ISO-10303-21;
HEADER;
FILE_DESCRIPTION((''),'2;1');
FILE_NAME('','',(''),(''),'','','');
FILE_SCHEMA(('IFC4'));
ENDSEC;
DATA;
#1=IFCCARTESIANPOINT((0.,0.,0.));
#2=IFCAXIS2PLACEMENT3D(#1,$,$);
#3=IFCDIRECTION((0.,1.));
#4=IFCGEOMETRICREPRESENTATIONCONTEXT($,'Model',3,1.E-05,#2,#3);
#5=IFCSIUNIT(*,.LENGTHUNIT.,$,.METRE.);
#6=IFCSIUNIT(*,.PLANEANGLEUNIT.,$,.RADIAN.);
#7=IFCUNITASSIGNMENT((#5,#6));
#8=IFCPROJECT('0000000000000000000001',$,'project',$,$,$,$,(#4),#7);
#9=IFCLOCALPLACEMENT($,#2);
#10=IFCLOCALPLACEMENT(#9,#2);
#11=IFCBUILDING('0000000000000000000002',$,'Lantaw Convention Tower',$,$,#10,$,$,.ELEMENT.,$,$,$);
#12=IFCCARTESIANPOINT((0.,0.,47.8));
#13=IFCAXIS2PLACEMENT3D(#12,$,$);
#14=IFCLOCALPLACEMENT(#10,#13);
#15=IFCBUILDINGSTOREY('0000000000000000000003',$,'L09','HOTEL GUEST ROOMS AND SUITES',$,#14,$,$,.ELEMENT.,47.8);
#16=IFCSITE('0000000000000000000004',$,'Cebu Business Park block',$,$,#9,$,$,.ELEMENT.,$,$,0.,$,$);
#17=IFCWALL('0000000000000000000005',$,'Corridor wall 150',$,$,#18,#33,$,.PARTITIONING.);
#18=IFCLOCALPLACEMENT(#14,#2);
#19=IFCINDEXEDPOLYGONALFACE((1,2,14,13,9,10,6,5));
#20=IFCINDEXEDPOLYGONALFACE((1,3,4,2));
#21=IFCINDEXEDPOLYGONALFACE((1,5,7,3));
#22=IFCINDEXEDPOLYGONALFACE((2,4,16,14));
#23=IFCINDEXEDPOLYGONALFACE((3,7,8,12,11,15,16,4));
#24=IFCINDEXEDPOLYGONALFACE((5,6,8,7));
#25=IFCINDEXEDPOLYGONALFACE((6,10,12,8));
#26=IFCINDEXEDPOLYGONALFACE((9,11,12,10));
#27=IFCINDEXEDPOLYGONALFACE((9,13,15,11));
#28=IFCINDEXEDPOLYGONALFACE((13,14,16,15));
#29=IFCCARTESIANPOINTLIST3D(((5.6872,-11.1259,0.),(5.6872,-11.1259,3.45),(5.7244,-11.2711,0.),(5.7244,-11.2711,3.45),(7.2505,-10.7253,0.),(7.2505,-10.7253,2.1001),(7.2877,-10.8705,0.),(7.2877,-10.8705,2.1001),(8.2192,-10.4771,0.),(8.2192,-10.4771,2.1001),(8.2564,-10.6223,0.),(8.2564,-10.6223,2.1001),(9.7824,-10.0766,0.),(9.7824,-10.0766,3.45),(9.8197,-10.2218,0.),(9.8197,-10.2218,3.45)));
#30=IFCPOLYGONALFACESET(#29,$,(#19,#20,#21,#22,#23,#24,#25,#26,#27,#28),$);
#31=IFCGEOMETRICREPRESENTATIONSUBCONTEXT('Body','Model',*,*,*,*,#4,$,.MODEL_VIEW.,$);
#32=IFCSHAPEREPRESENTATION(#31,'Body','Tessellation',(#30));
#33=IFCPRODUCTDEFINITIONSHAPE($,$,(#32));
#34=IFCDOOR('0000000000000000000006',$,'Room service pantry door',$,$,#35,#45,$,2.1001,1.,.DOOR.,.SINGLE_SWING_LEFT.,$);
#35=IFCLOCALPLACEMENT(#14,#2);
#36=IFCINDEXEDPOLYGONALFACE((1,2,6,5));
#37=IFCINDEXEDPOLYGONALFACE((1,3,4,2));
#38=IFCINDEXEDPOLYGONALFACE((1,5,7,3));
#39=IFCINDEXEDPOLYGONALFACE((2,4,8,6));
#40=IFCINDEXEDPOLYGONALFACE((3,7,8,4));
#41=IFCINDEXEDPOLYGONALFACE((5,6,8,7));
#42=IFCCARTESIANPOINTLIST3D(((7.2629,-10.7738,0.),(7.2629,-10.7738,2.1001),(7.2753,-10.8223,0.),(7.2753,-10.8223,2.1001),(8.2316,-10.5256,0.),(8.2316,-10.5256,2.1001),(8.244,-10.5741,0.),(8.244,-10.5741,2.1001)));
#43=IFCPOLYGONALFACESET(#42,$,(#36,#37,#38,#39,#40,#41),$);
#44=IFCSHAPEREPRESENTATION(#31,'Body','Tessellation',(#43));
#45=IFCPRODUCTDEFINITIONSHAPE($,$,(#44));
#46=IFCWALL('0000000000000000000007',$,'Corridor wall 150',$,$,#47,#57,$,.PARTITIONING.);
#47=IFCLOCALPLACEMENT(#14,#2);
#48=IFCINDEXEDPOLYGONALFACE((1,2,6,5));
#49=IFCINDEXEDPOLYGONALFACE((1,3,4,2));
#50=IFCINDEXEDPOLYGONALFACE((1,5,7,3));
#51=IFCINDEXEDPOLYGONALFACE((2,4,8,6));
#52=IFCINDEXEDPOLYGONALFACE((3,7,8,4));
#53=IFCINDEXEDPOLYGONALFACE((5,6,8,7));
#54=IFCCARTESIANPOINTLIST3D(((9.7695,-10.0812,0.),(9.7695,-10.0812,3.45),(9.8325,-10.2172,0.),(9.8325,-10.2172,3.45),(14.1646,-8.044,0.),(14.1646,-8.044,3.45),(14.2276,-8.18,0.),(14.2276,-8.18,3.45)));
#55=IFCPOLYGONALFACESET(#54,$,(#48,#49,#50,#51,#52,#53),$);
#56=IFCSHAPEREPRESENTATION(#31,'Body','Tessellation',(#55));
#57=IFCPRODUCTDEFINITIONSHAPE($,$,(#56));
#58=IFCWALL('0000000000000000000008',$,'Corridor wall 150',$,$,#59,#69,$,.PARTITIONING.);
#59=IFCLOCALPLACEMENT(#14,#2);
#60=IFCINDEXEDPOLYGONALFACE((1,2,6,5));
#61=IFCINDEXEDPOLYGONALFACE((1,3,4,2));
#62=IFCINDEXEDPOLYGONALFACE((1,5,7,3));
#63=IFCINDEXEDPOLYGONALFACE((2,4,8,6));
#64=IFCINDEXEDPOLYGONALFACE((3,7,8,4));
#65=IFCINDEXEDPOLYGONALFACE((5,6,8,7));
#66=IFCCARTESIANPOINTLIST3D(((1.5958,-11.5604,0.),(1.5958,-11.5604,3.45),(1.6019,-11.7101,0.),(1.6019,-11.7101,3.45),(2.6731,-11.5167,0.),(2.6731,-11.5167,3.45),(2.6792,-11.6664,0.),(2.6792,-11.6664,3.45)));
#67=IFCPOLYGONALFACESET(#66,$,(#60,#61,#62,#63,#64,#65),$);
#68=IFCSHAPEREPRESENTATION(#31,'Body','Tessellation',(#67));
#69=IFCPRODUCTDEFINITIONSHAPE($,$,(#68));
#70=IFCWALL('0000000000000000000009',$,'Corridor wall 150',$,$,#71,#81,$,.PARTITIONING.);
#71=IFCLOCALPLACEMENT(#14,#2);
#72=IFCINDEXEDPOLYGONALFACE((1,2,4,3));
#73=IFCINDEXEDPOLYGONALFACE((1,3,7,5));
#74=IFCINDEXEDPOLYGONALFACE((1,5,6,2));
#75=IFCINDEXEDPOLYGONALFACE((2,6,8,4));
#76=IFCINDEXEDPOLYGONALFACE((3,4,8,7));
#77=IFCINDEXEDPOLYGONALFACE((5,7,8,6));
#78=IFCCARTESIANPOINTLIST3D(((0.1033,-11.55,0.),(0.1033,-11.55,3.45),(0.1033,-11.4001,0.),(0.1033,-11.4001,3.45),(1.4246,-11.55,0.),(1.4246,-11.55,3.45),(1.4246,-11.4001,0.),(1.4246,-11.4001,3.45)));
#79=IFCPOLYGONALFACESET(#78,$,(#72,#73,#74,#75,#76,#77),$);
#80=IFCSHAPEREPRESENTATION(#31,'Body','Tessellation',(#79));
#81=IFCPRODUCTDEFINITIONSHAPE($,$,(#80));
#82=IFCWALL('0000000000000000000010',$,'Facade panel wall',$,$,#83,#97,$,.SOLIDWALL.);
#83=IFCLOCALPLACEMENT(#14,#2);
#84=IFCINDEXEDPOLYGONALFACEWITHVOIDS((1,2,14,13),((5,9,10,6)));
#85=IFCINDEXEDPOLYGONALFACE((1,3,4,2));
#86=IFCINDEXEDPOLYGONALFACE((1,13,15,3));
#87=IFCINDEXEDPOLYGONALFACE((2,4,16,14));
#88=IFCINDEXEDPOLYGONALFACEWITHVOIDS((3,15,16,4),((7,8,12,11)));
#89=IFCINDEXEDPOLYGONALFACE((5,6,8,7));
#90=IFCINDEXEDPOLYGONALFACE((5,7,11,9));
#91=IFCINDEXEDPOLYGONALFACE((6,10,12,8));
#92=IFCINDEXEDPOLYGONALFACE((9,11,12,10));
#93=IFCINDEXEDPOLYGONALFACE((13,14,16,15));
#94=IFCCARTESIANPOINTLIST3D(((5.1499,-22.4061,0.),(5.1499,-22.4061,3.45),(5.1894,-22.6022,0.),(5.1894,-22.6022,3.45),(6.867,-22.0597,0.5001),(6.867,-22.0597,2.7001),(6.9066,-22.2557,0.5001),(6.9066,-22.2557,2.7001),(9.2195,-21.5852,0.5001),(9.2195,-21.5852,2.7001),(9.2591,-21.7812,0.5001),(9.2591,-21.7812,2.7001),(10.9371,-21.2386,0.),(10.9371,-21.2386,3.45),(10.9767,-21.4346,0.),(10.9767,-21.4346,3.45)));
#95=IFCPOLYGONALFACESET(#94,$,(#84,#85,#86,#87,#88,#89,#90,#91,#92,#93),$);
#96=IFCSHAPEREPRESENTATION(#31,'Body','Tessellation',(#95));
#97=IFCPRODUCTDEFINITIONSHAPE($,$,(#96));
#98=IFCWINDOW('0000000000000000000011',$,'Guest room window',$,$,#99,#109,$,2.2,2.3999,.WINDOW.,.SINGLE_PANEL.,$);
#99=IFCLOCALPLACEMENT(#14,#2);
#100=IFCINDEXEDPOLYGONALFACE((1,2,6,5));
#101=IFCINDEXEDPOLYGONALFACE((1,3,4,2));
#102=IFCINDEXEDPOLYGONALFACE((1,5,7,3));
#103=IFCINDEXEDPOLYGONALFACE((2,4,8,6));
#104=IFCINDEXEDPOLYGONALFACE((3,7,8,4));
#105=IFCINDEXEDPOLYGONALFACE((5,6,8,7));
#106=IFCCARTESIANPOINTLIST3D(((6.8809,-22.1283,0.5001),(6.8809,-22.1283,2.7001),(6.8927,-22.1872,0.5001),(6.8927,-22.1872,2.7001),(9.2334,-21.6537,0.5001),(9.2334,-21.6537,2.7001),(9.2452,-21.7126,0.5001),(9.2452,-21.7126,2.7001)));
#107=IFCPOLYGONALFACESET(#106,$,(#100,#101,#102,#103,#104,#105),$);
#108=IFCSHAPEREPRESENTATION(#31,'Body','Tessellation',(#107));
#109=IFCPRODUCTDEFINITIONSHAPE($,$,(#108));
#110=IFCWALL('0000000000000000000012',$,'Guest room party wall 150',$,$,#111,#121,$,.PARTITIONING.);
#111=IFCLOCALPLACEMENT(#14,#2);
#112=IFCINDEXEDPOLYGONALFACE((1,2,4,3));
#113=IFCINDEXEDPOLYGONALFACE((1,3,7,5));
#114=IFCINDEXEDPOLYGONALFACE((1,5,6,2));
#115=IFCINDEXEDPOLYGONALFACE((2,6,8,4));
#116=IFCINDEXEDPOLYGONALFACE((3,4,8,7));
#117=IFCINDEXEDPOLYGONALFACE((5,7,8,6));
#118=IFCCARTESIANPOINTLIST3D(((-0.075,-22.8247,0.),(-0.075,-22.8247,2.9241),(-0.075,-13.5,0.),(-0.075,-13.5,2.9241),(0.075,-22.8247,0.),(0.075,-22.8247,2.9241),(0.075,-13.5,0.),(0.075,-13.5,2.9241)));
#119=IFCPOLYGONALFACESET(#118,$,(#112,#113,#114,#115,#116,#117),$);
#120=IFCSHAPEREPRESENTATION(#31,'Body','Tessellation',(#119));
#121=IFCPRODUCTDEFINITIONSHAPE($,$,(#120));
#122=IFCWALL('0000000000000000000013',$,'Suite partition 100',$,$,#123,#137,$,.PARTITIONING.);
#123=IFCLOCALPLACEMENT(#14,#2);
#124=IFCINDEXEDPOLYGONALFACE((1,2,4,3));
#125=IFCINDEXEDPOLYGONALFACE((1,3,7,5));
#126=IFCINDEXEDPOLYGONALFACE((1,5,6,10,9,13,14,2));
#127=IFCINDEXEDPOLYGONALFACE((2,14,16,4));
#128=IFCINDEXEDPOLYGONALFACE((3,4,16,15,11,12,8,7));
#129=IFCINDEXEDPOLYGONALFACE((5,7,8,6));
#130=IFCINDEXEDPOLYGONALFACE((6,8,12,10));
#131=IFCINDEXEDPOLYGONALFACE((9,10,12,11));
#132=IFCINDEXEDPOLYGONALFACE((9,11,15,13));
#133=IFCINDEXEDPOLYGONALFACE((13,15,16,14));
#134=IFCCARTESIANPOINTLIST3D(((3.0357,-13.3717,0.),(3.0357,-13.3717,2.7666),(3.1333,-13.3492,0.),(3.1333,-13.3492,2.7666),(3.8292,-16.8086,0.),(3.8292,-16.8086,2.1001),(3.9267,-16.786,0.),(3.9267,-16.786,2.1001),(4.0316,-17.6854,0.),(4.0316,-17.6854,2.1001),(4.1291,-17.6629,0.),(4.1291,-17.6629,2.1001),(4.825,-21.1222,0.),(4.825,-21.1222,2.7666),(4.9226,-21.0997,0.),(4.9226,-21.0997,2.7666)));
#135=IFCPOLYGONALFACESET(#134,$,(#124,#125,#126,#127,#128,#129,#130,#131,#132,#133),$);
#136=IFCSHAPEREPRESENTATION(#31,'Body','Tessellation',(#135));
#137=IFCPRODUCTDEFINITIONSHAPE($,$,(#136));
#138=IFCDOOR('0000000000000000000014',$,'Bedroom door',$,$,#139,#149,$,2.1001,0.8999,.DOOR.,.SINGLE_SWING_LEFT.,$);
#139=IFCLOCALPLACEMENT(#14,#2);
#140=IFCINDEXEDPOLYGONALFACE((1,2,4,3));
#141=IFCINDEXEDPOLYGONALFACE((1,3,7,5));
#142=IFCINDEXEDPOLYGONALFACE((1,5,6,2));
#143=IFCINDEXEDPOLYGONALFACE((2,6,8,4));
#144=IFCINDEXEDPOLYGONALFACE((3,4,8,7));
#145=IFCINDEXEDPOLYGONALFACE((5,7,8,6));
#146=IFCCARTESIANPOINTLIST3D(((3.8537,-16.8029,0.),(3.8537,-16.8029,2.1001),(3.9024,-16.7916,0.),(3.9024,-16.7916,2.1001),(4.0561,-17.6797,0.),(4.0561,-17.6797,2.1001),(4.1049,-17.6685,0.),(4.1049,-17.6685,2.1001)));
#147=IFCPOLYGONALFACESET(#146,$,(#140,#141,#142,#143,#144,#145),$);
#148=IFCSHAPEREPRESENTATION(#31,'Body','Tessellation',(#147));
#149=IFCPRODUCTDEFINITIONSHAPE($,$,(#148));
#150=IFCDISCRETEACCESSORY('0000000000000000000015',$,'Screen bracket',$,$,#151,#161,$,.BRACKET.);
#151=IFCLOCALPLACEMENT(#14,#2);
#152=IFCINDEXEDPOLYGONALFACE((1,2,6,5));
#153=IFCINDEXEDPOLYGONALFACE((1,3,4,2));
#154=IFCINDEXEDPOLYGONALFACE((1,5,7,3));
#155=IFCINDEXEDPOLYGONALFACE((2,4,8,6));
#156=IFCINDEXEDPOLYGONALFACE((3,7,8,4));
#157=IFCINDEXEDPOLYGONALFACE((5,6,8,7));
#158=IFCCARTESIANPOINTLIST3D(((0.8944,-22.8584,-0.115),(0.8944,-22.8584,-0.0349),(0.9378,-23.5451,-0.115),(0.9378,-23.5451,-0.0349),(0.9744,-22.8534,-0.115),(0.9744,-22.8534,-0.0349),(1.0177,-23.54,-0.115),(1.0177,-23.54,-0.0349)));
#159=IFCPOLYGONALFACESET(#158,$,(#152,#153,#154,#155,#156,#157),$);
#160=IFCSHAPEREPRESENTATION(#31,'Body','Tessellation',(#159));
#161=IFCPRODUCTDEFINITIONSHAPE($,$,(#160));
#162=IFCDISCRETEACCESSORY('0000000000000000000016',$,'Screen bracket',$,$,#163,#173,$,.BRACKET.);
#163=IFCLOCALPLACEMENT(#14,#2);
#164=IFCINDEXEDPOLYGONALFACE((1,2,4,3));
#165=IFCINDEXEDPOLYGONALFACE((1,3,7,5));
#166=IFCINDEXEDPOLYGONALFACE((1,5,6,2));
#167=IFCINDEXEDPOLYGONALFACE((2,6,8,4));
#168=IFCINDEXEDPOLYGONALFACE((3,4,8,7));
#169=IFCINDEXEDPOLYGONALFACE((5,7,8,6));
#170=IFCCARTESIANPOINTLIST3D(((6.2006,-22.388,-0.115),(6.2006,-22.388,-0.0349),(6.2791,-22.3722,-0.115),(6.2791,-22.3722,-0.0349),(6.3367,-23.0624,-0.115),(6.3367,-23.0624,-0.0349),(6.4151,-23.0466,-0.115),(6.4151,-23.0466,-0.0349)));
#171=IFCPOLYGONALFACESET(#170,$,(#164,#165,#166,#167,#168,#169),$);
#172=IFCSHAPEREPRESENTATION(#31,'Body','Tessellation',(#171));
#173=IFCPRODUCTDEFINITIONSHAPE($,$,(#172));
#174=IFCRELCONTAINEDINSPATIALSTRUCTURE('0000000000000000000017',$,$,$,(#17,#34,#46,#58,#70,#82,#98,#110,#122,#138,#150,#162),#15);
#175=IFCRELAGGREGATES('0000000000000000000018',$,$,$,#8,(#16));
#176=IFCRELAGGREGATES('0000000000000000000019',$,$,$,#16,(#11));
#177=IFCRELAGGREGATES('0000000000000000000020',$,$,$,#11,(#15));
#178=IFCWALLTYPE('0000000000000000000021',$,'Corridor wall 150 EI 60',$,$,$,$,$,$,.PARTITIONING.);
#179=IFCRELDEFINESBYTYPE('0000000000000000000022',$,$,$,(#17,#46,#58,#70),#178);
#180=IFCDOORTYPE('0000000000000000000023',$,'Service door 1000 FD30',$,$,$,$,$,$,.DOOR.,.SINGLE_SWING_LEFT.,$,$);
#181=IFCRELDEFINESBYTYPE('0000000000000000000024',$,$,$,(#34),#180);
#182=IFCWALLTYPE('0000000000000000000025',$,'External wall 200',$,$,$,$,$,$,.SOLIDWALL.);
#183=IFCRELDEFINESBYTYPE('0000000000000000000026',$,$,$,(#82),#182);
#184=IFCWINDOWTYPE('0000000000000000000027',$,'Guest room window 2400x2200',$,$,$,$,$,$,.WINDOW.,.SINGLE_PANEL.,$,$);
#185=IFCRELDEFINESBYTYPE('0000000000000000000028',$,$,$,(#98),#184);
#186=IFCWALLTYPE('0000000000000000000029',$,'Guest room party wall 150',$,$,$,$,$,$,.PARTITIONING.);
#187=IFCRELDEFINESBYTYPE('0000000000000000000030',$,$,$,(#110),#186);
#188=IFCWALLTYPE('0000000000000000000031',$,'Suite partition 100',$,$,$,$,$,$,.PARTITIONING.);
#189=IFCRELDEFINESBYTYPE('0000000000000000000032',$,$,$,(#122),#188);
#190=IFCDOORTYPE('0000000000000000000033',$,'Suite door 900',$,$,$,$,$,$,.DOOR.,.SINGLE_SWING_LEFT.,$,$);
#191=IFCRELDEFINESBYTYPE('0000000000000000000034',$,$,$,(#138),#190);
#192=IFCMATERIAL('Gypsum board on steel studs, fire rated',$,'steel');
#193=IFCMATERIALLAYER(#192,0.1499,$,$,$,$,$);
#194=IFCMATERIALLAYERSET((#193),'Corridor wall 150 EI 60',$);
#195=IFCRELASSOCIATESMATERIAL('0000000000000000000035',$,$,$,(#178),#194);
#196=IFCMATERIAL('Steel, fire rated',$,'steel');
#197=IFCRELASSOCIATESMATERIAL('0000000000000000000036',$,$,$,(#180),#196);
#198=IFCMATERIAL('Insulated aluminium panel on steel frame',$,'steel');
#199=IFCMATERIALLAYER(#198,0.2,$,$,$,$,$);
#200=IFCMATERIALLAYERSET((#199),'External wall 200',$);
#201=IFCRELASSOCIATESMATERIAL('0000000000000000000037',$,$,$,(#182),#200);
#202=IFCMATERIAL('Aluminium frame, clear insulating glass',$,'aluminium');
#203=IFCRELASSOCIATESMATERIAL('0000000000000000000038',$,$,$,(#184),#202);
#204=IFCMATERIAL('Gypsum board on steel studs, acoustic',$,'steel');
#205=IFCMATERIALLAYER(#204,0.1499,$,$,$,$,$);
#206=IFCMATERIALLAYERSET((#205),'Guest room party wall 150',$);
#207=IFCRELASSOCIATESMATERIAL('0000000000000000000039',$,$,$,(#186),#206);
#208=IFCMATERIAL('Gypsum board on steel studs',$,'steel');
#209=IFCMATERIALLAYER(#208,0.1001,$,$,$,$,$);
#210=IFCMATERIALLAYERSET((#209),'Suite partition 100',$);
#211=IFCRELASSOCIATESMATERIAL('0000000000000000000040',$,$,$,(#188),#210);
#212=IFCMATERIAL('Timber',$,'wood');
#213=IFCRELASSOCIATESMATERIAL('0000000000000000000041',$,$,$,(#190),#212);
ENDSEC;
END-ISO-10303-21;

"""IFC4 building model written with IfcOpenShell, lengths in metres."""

from ifc_helpers import new_model, si_unit, direction, frame, frame_2d, origin, origin_2d, place, context, subcontext, project, spatial, rectangle, extrude, material, layer, layer_set, type_object, element, fill, save


model = new_model("IFC4")

# Units and contexts
model_context = context("Model", 3, precision=1e-05, world=origin(), true_north=direction((0.0, 1.0)))
body_context = subcontext(model_context, "Body", "Model", "MODEL_VIEW")
ifc_project = project(units=[si_unit("LENGTHUNIT", "METRE"), si_unit("PLANEANGLEUNIT", "RADIAN")], contexts=[model_context])

# Site, building, storey
site_placement = place(None, origin())
site = spatial("IfcSite", under=ifc_project, at=site_placement, Name="Cebu Business Park block", CompositionType="ELEMENT", RefElevation=0.0)
building_placement = place(site_placement, origin())
building = spatial("IfcBuilding", under=site, at=building_placement, Name="Lantaw Convention Tower", CompositionType="ELEMENT")
storey_placement = place(building_placement, frame((0.0, 0.0, 47.8)))
storey = spatial("IfcBuildingStorey", under=building, at=storey_placement, Name="L09", Description="HOTEL GUEST ROOMS AND SUITES", CompositionType="ELEMENT", Elevation=47.8)

# Shared definitions
ifc_material_1 = material(Name="Timber", Category="wood")

# Shared definitions
ifc_material_2 = material(Name="Gypsum board on steel studs, fire rated", Category="steel")
ifc_layer_1 = layer(ifc_material_2, 0.1499)
ifc_layer_set_1 = layer_set([ifc_layer_1], Name="Corridor wall 150 EI 60")
wall_type_1 = type_object("IfcWallType", Name="Corridor wall 150 EI 60", PredefinedType="PARTITIONING", material=ifc_layer_set_1)

# Shared definitions
ifc_material_3 = material(Name="Steel, fire rated", Category="steel")

# Wall, opening, door
wall_1_placement = place(storey_placement, frame((5.7058, -11.1985, 0.0), z_axis=(0.0, 0.0, 1.0), x_axis=(0.968706, 0.248211, 0.0)))
wall_1 = element("IfcWall", 1, at=wall_1_placement, inside=storey, type_object=wall_type_1, Name="Corridor wall 150", PredefinedType="PARTITIONING", context=body_context, shape_type="SweptSolid", body=[
    extrude(rectangle(XDim=4.2275, YDim=0.1499, at=frame_2d((2.1138, 0.0))), origin(), (0.0, 0.0, 1.0), 3.45),
])
opening_1_placement = place(wall_1_placement, frame((1.6138, 0.0, 0.0)))
opening_1 = element("IfcOpeningElement", 2, at=opening_1_placement, cuts=wall_1, PredefinedType="OPENING", context=body_context, shape_type="SweptSolid", body=[
    extrude(rectangle(XDim=1.0, YDim=2.1001, at=frame_2d((0.5, 1.05))), frame((0.0, 0.085, 0.0), z_axis=(0.0, -1.0, 0.0), x_axis=(1.0, 0.0, 0.0)), (0.0, 0.0, 1.0), 0.1699),
])
door_type_1 = type_object("IfcDoorType", Name="Service door 1000 FD30", OperationType="SINGLE_SWING_LEFT", PredefinedType="DOOR", material=ifc_material_3)
door_1_placement = place(opening_1_placement, origin())
door_1 = element("IfcDoor", 3, at=door_1_placement, inside=storey, type_object=door_type_1, Name="Room service pantry door", OperationType="SINGLE_SWING_LEFT", OverallHeight=2.1001, OverallWidth=1.0, PredefinedType="DOOR", context=body_context, shape_type="SweptSolid", body=[
    extrude(rectangle(XDim=1.0, YDim=2.1001, at=frame_2d((0.5, 1.05))), frame((0.0, 0.0249, 0.0), z_axis=(0.0, -1.0, 0.0), x_axis=(1.0, 0.0, 0.0)), (0.0, 0.0, 1.0), 0.05),
])
fill(opening_1, door_1)

# Walls
wall_2_placement = place(storey_placement, frame((9.801, -10.1492, 0.0), z_axis=(0.0, 0.0, 1.0), x_axis=(0.90728, 0.420528, 0.0)))
element("IfcWall", 4, at=wall_2_placement, inside=storey, type_object=wall_type_1, Name="Corridor wall 150", PredefinedType="PARTITIONING", context=body_context, shape_type="SweptSolid", body=[
    extrude(rectangle(XDim=4.8442, YDim=0.1499, at=frame_2d((2.4221, 0.0))), origin(), (0.0, 0.0, 1.0), 3.45),
])
wall_3_placement = place(storey_placement, frame((1.5989, -11.6353, 0.0), z_axis=(0.0, 0.0, 1.0), x_axis=(0.999178, 0.040538, 0.0)))
element("IfcWall", 5, at=wall_3_placement, inside=storey, type_object=wall_type_1, Name="Corridor wall 150", PredefinedType="PARTITIONING", context=body_context, shape_type="SweptSolid", body=[
    extrude(rectangle(XDim=1.0781, YDim=0.1499, at=frame_2d((0.5391, 0.0))), origin(), (0.0, 0.0, 1.0), 3.45),
])
wall_4_placement = place(storey_placement, frame((0.1033, -11.4751, 0.0), z_axis=(0.0, 0.0, 1.0), x_axis=(1.0, 0.0, 0.0)))
element("IfcWall", 6, at=wall_4_placement, inside=storey, type_object=wall_type_1, Name="Corridor wall 150", PredefinedType="PARTITIONING", context=body_context, shape_type="SweptSolid", body=[
    extrude(rectangle(XDim=1.3213, YDim=0.1499, at=frame_2d((0.6606, 0.0))), origin(), (0.0, 0.0, 1.0), 3.45),
])

# Wall, opening, window
ifc_material_4 = material(Name="Insulated aluminium panel on steel frame", Category="steel")
ifc_layer_2 = layer(ifc_material_4, 0.2)
ifc_layer_set_2 = layer_set([ifc_layer_2], Name="External wall 200")
wall_type_2 = type_object("IfcWallType", Name="External wall 200", PredefinedType="SOLIDWALL", material=ifc_layer_set_2)
wall_5_placement = place(storey_placement, frame((5.1697, -22.5042, 0.0), z_axis=(0.0, 0.0, 1.0), x_axis=(0.980252, 0.197754, 0.0)))
wall_5 = element("IfcWall", 7, at=wall_5_placement, inside=storey, type_object=wall_type_2, Name="Facade panel wall", PredefinedType="SOLIDWALL", context=body_context, shape_type="SweptSolid", body=[
    extrude(rectangle(XDim=5.9038, YDim=0.2, at=frame_2d((2.9519, 0.0))), origin(), (0.0, 0.0, 1.0), 3.45),
])
opening_2_placement = place(wall_5_placement, frame((1.7517, 0.0, 0.5)))
opening_2 = element("IfcOpeningElement", 8, at=opening_2_placement, cuts=wall_5, PredefinedType="OPENING", context=body_context, shape_type="SweptSolid", body=[
    extrude(rectangle(XDim=2.3999, YDim=2.2, at=frame_2d((1.2, 1.1001))), frame((0.0, 0.1099, 0.0), z_axis=(0.0, -1.0, 0.0), x_axis=(1.0, 0.0, 0.0)), (0.0, 0.0, 1.0), 0.22),
])
ifc_material_5 = material(Name="Aluminium frame, clear insulating glass", Category="aluminium")
window_type = type_object("IfcWindowType", Name="Guest room window 2400x2200", PartitioningType="SINGLE_PANEL", PredefinedType="WINDOW", material=ifc_material_5)
window_placement = place(opening_2_placement, origin())
window = element("IfcWindow", 9, at=window_placement, inside=storey, type_object=window_type, Name="Guest room window", OverallHeight=2.2, OverallWidth=2.3999, PartitioningType="SINGLE_PANEL", PredefinedType="WINDOW", context=body_context, shape_type="SweptSolid", body=[
    extrude(rectangle(XDim=2.3999, YDim=2.2, at=frame_2d((1.2, 1.1001))), frame((0.0, 0.03, 0.0), z_axis=(0.0, -1.0, 0.0), x_axis=(1.0, 0.0, 0.0)), (0.0, 0.0, 1.0), 0.0601),
])
fill(opening_2, window)

# Wall
ifc_material_6 = material(Name="Gypsum board on steel studs, acoustic", Category="steel")
ifc_layer_3 = layer(ifc_material_6, 0.1499)
ifc_layer_set_3 = layer_set([ifc_layer_3], Name="Guest room party wall 150")
wall_type_3 = type_object("IfcWallType", Name="Guest room party wall 150", PredefinedType="PARTITIONING", material=ifc_layer_set_3)
wall_6_placement = place(storey_placement, frame((0.0, -22.8247, 0.0), z_axis=(0.0, 0.0, 1.0), x_axis=(0.0, 1.0, 0.0)))
element("IfcWall", 10, at=wall_6_placement, inside=storey, type_object=wall_type_3, Name="Guest room party wall 150", PredefinedType="PARTITIONING", context=body_context, shape_type="SweptSolid", body=[
    extrude(rectangle(XDim=9.3247, YDim=0.1499, at=frame_2d((4.6624, 0.0))), origin(), (0.0, 0.0, 1.0), 2.9241),
])

# Wall, opening, door
ifc_material_7 = material(Name="Gypsum board on steel studs", Category="steel")
ifc_layer_4 = layer(ifc_material_7, 0.1001)
ifc_layer_set_4 = layer_set([ifc_layer_4], Name="Suite partition 100")
wall_type_4 = type_object("IfcWallType", Name="Suite partition 100", PredefinedType="PARTITIONING", material=ifc_layer_set_4)
wall_7_placement = place(storey_placement, frame((4.8738, -21.1108, 0.0), z_axis=(0.0, 0.0, 1.0), x_axis=(-0.224947, 0.974371, 0.0)))
wall_7 = element("IfcWall", 11, at=wall_7_placement, inside=storey, type_object=wall_type_4, Name="Suite partition 100", PredefinedType="PARTITIONING", context=body_context, shape_type="SweptSolid", body=[
    extrude(rectangle(XDim=7.9543, YDim=0.1001, at=frame_2d((3.9771, 0.0))), origin(), (0.0, 0.0, 1.0), 2.7666),
])
opening_3_placement = place(wall_7_placement, frame((3.5271, 0.0, 0.0)))
opening_3 = element("IfcOpeningElement", 12, at=opening_3_placement, cuts=wall_7, PredefinedType="OPENING", context=body_context, shape_type="SweptSolid", body=[
    extrude(rectangle(XDim=0.8999, YDim=2.1001, at=frame_2d((0.45, 1.05))), frame((0.0, 0.0601, 0.0), z_axis=(0.0, -1.0, 0.0), x_axis=(1.0, 0.0, 0.0)), (0.0, 0.0, 1.0), 0.1201),
])
door_type_2 = type_object("IfcDoorType", Name="Suite door 900", OperationType="SINGLE_SWING_LEFT", PredefinedType="DOOR", material=ifc_material_1)
door_2_placement = place(opening_3_placement, origin())
door_2 = element("IfcDoor", 13, at=door_2_placement, inside=storey, type_object=door_type_2, Name="Bedroom door", OperationType="SINGLE_SWING_LEFT", OverallHeight=2.1001, OverallWidth=0.8999, PredefinedType="DOOR", context=body_context, shape_type="SweptSolid", body=[
    extrude(rectangle(XDim=0.8999, YDim=2.1001, at=frame_2d((0.45, 1.05))), frame((0.0, 0.0249, 0.0), z_axis=(0.0, -1.0, 0.0), x_axis=(1.0, 0.0, 0.0)), (0.0, 0.0, 1.0), 0.05),
])
fill(opening_3, door_2)

# Discrete accessories
for number, where, z_axis, x_axis, name in (
    (14, (0.9561, -23.1992, -0.115), (0.0, 0.0, 1.0), (0.998016, 0.062958, 0.0), "Screen bracket"),
    (15, (6.3079, -22.7173, -0.115), (0.0, 0.0, 1.0), (0.980245, 0.197789, 0.0), "Screen bracket"),
):
    element("IfcDiscreteAccessory", number, at=place(storey_placement, frame(where, z_axis=z_axis, x_axis=x_axis)), inside=storey, Name=name, PredefinedType="BRACKET", context=body_context, shape_type="SweptSolid", body=[
        extrude(rectangle(XDim=0.0801, YDim=0.688, at=origin_2d()), origin(), (0.0, 0.0, 1.0), 0.0801),
    ])

save(model, "model.ifc")
